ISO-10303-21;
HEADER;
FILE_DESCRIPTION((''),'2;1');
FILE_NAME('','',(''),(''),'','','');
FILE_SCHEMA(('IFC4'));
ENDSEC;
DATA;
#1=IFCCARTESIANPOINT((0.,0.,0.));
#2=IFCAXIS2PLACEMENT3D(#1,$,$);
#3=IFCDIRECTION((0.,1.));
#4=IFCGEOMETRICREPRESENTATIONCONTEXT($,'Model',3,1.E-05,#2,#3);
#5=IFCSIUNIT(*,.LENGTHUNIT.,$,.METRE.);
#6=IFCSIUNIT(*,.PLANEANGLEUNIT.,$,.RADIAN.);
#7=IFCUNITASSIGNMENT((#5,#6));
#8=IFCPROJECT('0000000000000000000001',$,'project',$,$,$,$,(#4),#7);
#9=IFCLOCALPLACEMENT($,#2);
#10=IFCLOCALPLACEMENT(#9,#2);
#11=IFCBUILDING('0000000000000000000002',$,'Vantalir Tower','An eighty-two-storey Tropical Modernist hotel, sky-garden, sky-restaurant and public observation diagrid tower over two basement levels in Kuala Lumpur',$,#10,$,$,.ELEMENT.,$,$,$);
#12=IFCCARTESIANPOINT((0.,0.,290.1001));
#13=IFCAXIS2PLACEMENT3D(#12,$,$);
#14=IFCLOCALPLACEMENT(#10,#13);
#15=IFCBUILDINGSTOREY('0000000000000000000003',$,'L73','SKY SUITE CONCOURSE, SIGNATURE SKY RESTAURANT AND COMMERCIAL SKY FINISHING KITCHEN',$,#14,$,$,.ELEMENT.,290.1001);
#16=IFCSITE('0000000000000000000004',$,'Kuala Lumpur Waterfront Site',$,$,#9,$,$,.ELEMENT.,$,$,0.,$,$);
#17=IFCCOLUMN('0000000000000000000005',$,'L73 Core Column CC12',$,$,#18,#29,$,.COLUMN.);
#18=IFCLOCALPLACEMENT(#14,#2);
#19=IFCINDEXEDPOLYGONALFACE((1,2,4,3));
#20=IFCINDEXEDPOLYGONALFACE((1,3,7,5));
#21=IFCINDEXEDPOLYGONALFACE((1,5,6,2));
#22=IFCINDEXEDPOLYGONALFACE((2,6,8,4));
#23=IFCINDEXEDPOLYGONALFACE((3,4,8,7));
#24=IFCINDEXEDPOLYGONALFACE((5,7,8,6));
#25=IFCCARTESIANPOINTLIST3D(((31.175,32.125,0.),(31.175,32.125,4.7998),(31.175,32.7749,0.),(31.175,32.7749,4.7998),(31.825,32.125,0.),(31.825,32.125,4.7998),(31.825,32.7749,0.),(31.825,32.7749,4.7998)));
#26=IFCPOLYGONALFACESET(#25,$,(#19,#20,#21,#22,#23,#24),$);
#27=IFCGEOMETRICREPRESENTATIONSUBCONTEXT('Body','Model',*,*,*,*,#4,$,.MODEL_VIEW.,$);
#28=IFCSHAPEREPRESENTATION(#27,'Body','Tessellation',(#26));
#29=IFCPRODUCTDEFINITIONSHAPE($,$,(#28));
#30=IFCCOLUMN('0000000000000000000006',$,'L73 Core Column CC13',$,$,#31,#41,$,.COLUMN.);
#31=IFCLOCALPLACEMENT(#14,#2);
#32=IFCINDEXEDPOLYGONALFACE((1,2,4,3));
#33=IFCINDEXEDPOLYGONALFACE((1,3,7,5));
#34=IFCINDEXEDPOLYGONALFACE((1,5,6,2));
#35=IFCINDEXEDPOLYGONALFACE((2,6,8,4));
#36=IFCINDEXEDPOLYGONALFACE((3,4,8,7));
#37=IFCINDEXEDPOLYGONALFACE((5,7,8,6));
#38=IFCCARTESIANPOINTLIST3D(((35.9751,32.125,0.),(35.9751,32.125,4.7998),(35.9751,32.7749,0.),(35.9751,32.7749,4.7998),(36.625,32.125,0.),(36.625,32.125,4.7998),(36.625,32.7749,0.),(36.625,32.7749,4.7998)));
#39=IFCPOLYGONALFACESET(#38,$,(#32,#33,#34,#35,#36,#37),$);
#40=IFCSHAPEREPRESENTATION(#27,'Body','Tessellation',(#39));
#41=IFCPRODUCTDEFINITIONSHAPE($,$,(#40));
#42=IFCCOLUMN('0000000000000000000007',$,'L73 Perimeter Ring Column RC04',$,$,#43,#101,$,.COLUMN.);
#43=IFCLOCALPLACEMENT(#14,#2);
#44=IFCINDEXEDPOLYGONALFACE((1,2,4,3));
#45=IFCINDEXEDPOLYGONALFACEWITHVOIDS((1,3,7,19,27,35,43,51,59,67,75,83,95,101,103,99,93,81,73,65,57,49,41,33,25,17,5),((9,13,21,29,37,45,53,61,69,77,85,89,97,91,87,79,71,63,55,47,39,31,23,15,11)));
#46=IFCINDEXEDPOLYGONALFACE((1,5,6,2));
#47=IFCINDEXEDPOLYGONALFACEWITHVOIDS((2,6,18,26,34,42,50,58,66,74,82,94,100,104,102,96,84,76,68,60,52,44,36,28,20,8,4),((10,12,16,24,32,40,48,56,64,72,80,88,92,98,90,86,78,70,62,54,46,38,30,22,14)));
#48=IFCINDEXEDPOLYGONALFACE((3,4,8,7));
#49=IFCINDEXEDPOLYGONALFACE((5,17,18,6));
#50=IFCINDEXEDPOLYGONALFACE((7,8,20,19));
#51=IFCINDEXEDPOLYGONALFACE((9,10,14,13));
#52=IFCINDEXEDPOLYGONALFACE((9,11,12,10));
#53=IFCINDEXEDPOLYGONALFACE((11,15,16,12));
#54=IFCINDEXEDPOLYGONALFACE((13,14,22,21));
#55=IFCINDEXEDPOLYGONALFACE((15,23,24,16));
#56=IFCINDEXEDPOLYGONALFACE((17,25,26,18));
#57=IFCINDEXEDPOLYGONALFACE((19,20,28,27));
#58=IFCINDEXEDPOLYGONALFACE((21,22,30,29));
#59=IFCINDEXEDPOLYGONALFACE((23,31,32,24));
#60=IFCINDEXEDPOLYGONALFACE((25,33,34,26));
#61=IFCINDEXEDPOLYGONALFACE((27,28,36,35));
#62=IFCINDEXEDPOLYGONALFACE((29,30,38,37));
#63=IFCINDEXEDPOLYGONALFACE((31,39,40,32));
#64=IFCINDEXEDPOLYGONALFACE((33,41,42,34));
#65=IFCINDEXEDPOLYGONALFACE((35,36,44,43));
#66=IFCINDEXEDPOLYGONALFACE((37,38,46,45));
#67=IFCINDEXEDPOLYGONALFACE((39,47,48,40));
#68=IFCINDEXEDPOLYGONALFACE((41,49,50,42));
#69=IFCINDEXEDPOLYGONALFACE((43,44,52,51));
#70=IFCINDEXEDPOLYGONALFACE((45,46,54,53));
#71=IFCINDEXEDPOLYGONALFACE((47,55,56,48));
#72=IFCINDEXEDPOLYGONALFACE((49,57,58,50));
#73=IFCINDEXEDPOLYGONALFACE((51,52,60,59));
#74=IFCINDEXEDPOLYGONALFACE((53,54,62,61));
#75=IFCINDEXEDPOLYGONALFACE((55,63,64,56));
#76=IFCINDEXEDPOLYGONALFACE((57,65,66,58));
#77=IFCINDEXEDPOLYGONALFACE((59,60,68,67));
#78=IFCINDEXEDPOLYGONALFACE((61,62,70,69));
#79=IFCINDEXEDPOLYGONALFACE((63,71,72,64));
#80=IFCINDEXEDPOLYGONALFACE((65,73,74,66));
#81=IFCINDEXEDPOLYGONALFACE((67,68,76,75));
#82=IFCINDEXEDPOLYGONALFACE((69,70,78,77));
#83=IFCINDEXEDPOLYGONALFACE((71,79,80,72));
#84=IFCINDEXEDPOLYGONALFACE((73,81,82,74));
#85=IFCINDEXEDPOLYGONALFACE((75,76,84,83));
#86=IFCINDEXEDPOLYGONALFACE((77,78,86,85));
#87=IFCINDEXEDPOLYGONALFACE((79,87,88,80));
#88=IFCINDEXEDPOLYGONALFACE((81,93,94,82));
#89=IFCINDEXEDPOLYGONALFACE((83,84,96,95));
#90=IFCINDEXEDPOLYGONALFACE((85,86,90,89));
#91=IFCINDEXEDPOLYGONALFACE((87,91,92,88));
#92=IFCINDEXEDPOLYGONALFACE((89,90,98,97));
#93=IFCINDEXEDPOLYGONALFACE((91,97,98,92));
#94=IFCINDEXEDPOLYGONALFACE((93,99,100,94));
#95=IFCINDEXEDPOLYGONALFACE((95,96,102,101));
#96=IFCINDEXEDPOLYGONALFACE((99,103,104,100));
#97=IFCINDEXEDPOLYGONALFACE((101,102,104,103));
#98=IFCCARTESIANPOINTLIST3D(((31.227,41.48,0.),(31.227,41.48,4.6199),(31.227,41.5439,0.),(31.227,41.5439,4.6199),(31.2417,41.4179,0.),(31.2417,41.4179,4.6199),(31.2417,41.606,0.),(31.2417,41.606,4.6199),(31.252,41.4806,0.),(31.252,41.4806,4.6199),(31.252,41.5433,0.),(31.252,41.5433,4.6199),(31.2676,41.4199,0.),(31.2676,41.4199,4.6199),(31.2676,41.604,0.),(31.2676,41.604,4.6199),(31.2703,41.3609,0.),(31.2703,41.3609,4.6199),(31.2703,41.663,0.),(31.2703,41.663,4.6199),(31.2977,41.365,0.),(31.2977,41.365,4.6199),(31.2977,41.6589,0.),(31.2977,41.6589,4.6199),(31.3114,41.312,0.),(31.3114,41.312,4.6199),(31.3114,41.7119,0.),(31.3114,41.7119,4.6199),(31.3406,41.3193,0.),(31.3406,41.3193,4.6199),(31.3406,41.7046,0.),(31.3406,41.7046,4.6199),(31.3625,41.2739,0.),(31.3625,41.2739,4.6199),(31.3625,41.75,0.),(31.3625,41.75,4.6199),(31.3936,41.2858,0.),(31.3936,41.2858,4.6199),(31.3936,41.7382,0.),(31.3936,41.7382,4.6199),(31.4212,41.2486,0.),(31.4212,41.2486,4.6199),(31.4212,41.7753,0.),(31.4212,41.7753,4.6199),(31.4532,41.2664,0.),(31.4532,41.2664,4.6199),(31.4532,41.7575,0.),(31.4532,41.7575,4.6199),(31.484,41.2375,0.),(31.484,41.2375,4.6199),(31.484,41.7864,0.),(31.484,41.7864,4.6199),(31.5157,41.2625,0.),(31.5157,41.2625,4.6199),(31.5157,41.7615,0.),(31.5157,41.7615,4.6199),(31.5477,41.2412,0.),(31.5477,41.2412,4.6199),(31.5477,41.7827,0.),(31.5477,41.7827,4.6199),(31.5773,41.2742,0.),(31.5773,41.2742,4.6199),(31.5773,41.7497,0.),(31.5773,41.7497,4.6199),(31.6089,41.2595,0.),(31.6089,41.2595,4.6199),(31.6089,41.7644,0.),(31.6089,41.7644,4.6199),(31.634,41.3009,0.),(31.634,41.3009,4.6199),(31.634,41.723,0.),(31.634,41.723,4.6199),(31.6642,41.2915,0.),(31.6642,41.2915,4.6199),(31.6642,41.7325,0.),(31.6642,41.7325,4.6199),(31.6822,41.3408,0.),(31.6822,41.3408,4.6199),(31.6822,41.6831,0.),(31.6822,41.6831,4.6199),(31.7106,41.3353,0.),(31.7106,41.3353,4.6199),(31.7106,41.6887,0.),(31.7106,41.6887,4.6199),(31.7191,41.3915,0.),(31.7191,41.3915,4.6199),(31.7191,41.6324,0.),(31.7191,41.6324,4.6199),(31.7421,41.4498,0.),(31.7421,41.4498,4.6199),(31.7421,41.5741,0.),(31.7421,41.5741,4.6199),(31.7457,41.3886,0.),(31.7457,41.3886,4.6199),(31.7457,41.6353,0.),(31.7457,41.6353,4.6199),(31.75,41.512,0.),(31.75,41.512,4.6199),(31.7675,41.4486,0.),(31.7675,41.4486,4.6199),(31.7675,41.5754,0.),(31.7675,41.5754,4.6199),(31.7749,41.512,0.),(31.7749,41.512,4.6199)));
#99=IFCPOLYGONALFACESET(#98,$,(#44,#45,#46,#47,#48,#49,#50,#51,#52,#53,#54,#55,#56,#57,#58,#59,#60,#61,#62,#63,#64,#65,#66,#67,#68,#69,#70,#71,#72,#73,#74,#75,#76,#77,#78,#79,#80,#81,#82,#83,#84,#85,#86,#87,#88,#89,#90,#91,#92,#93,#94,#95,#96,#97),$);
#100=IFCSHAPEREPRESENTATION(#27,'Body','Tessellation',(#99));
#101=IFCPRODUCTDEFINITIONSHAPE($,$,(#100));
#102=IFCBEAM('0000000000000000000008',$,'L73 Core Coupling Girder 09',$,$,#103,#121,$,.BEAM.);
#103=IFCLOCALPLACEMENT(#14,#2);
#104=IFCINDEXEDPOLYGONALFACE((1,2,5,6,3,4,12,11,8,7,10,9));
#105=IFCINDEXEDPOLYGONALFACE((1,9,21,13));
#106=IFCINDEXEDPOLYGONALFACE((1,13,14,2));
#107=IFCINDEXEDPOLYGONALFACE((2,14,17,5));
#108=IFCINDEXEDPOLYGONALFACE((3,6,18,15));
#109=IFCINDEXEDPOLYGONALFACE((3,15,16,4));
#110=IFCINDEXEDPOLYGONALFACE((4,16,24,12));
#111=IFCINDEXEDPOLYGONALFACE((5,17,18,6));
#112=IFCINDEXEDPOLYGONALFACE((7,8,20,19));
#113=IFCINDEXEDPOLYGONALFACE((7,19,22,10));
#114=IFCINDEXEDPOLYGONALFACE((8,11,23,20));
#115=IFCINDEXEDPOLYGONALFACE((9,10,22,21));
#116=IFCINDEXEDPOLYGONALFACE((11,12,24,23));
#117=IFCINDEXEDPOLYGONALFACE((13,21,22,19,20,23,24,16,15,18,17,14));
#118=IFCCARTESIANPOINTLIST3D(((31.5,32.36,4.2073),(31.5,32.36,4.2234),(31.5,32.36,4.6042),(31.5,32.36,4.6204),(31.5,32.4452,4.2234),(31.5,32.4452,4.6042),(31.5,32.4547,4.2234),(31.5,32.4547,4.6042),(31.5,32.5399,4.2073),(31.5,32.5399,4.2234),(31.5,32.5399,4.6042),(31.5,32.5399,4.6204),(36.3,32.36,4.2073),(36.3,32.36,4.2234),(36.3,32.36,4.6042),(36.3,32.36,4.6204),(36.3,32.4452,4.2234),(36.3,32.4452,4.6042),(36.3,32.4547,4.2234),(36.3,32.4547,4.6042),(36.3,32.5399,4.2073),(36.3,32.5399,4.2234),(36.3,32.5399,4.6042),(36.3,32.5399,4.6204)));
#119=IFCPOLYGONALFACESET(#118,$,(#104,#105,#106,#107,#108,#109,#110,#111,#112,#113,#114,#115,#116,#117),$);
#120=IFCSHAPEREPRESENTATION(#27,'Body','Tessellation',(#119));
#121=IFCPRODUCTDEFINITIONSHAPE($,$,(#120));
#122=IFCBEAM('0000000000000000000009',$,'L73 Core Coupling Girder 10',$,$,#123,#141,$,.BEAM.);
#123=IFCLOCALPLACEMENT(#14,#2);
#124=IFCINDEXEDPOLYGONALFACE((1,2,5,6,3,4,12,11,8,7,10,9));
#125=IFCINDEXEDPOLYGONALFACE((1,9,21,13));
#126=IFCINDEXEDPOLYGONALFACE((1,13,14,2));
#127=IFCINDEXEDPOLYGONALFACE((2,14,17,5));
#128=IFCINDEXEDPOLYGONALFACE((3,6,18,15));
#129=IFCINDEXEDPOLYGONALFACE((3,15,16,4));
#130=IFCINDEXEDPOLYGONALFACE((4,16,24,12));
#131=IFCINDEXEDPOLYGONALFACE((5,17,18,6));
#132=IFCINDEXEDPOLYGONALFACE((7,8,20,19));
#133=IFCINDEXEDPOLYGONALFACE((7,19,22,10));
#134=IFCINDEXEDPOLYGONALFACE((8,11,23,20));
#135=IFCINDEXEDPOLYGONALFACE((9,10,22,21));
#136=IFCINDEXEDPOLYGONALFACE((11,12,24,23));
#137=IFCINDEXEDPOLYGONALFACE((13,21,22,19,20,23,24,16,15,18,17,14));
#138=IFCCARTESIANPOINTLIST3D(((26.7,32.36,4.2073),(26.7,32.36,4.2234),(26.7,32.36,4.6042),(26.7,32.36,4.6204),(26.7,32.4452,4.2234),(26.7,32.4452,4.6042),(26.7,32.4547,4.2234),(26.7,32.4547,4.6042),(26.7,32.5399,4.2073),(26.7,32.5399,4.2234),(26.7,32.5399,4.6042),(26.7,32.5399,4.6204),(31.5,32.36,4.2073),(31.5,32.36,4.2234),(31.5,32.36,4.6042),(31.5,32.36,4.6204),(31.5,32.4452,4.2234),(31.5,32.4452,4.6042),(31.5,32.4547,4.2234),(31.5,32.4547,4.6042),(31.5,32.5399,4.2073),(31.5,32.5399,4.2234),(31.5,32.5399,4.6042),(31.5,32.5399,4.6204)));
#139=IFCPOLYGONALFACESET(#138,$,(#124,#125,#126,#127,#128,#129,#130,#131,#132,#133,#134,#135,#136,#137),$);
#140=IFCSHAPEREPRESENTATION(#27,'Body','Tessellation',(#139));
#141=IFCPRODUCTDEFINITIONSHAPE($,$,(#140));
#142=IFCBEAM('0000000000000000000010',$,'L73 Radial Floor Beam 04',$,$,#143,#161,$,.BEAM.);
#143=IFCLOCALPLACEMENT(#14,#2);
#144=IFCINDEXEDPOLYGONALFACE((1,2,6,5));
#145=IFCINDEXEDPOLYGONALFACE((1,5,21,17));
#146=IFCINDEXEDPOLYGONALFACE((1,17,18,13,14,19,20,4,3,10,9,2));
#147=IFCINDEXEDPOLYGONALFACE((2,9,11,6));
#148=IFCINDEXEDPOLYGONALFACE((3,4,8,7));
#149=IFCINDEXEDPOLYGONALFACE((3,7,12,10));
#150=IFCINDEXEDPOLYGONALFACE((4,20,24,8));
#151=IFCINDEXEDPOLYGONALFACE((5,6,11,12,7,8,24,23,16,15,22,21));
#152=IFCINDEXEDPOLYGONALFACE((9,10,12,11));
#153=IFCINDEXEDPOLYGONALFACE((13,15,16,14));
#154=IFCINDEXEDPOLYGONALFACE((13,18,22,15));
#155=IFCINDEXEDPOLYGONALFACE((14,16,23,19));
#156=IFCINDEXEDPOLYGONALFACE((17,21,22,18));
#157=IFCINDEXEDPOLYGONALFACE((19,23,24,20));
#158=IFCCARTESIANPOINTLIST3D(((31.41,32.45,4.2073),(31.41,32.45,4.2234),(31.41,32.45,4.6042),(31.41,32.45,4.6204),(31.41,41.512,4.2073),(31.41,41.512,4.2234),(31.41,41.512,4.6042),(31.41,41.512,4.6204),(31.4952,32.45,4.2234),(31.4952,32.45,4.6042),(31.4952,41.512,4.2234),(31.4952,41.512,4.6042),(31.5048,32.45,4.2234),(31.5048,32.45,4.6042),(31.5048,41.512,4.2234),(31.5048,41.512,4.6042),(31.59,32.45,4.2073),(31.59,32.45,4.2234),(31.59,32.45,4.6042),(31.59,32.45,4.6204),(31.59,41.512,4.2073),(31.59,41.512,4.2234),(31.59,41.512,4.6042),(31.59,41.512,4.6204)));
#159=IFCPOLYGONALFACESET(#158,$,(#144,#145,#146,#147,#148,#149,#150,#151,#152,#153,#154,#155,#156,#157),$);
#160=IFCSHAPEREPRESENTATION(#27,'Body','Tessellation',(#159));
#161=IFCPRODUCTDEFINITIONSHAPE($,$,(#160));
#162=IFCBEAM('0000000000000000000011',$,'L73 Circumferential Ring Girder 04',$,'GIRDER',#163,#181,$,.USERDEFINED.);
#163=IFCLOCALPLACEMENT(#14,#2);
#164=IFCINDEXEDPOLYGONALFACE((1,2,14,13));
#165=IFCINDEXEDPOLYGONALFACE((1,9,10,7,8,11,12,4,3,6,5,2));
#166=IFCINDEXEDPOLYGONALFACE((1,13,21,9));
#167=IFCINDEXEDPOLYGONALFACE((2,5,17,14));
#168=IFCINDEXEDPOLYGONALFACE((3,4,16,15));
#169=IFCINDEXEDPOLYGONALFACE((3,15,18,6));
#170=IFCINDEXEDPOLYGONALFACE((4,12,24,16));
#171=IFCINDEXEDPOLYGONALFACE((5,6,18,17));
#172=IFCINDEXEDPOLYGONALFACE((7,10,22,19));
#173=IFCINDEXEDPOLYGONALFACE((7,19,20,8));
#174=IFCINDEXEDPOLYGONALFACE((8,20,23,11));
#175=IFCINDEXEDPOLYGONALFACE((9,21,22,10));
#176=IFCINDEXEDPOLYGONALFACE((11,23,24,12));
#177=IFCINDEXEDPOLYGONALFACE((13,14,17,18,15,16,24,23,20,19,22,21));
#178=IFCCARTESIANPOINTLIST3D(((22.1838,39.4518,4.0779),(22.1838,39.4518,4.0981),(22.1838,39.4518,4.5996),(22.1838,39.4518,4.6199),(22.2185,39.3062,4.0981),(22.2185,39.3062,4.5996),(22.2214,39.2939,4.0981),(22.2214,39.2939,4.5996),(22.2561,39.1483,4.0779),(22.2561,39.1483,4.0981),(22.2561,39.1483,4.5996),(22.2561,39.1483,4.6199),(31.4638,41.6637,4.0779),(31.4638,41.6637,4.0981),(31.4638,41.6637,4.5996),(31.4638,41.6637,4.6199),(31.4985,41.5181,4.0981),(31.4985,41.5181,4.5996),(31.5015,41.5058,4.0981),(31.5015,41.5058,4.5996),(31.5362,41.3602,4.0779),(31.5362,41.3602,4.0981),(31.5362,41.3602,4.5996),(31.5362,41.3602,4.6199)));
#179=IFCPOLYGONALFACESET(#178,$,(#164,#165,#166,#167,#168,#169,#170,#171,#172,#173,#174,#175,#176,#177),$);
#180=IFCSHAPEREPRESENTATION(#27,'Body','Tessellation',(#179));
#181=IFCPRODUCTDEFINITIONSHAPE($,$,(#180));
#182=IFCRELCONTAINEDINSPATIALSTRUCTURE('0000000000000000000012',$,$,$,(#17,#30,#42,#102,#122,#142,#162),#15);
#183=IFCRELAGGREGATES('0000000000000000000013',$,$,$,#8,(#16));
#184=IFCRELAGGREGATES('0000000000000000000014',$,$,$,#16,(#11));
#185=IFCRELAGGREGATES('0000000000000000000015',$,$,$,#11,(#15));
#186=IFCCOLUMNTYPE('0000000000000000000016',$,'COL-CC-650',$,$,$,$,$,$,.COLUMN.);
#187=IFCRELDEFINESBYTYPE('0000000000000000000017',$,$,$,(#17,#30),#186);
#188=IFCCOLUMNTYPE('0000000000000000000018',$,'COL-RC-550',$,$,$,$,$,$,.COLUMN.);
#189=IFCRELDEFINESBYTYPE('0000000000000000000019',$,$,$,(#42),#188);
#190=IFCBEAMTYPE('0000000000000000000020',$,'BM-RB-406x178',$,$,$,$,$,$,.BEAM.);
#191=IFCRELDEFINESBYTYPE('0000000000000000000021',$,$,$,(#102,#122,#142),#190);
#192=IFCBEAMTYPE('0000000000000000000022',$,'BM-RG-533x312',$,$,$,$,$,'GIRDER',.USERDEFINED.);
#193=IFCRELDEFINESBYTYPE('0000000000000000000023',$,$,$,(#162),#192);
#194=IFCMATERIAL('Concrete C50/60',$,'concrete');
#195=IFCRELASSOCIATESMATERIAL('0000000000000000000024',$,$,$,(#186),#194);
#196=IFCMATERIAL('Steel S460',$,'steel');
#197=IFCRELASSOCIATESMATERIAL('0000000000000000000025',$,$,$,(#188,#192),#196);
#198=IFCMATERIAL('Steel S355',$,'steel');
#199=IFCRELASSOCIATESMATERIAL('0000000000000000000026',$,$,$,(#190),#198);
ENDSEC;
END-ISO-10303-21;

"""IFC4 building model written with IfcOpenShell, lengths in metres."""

from ifc_helpers import new_model, si_unit, direction, frame, origin, origin_2d, place, context, subcontext, project, spatial, rectangle, hollow_circle, i_section, extrude, material, material_profile, profile_set, type_object, element, save


model = new_model("IFC4")

# Units and contexts
model_context = context("Model", 3, precision=1e-05, world=origin(), true_north=direction((0.0, 1.0)))
body_context = subcontext(model_context, "Body", "Model", "MODEL_VIEW")
ifc_project = project(units=[si_unit("LENGTHUNIT", "METRE"), si_unit("PLANEANGLEUNIT", "RADIAN")], contexts=[model_context])

# Site, building, storey
site_placement = place(None, origin())
site = spatial("IfcSite", under=ifc_project, at=site_placement, Name="Kuala Lumpur Waterfront Site", CompositionType="ELEMENT", RefElevation=0.0)
building_placement = place(site_placement, origin())
building = spatial("IfcBuilding", under=site, at=building_placement, Name="Vantalir Tower", Description="An eighty-two-storey Tropical Modernist hotel, sky-garden, sky-restaurant and public observation diagrid tower over two basement levels in Kuala Lumpur", CompositionType="ELEMENT")
storey_placement = place(building_placement, frame((0.0, 0.0, 290.1001)))
storey = spatial("IfcBuildingStorey", under=building, at=storey_placement, Name="L73", Description="SKY SUITE CONCOURSE, SIGNATURE SKY RESTAURANT AND COMMERCIAL SKY FINISHING KITCHEN", CompositionType="ELEMENT", Elevation=290.1001)

# Columns
ifc_material_1 = material(Name="Concrete C50/60", Category="concrete")
ifc_material_profile_1 = material_profile(ifc_material_1, rectangle(XDim=0.6499, YDim=0.6499, at=origin_2d()), Name="Concrete C50/60")
ifc_profile_set_1 = profile_set([ifc_material_profile_1], Name="Concrete C50/60")
column_type_1 = type_object("IfcColumnType", Name="COL-CC-650", PredefinedType="COLUMN", material=ifc_profile_set_1)
for number, where, z_axis, x_axis, name in (
    (1, (31.5, 32.45, 0.0), (0.0, 0.0, 1.0), (1.0, 0.0, 0.0), "L73 Core Column CC12"),
    (2, (36.3, 32.45, 0.0), (0.0, 0.0, 1.0), (1.0, 0.0, 0.0), "L73 Core Column CC13"),
):
    element("IfcColumn", number, at=place(storey_placement, frame(where, z_axis=z_axis, x_axis=x_axis)), inside=storey, type_object=column_type_1, Name=name, PredefinedType="COLUMN", context=body_context, shape_type="SweptSolid", body=[
        extrude(rectangle(XDim=0.6499, YDim=0.6499, at=origin_2d()), origin(), (0.0, 0.0, 1.0), 4.7998),
    ])
ifc_material_2 = material(Name="Steel S460", Category="steel")
ifc_material_profile_2 = material_profile(ifc_material_2, hollow_circle(Radius=0.2749, WallThickness=0.0249, at=origin_2d()), Name="Steel S460")
ifc_profile_set_2 = profile_set([ifc_material_profile_2], Name="Steel S460")
column_type_2 = type_object("IfcColumnType", Name="COL-RC-550", PredefinedType="COLUMN", material=ifc_profile_set_2)
column_placement = place(storey_placement, frame((31.5, 41.512, 0.0), z_axis=(0.0, 0.0, 1.0), x_axis=(1.0, 0.0, 0.0)))
element("IfcColumn", 3, at=column_placement, inside=storey, type_object=column_type_2, Name="L73 Perimeter Ring Column RC04", PredefinedType="COLUMN", context=body_context, shape_type="SweptSolid", body=[
    extrude(hollow_circle(Radius=0.2749, WallThickness=0.0249, at=origin_2d()), origin(), (0.0, 0.0, 1.0), 4.6199),
])

# Beams
ifc_material_3 = material(Name="Steel S355", Category="steel")
ifc_material_profile_3 = material_profile(ifc_material_3, i_section(OverallWidth=0.1799, OverallDepth=0.4131, WebThickness=0.0095, FlangeThickness=0.0161, at=origin_2d()), Name="Steel S355")
ifc_profile_set_3 = profile_set([ifc_material_profile_3], Name="Steel S355")
beam_type_1 = type_object("IfcBeamType", Name="BM-RB-406x178", PredefinedType="BEAM", material=ifc_profile_set_3)
for number, where, z_axis, x_axis, name in (
    (4, (36.3, 32.45, 4.4138), (-1.0, 0.0, 0.0), (0.0, -1.0, 0.0), "L73 Core Coupling Girder 09"),
    (5, (31.5, 32.45, 4.4138), (-1.0, 0.0, 0.0), (0.0, -1.0, 0.0), "L73 Core Coupling Girder 10"),
):
    element("IfcBeam", number, at=place(storey_placement, frame(where, z_axis=z_axis, x_axis=x_axis)), inside=storey, type_object=beam_type_1, Name=name, PredefinedType="BEAM", context=body_context, shape_type="SweptSolid", body=[
        extrude(i_section(OverallWidth=0.1799, OverallDepth=0.4131, WebThickness=0.0095, FlangeThickness=0.0161, at=origin_2d()), origin(), (0.0, 0.0, 1.0), 4.8),
    ])
beam_1_placement = place(storey_placement, frame((31.5, 41.512, 4.4138), z_axis=(0.0, -1.0, 0.0), x_axis=(1.0, 0.0, 0.0)))
element("IfcBeam", 6, at=beam_1_placement, inside=storey, type_object=beam_type_1, Name="L73 Radial Floor Beam 04", PredefinedType="BEAM", context=body_context, shape_type="SweptSolid", body=[
    extrude(i_section(OverallWidth=0.1799, OverallDepth=0.4131, WebThickness=0.0095, FlangeThickness=0.0161, at=origin_2d()), origin(), (0.0, 0.0, 1.0), 9.062),
])
ifc_material_profile_4 = material_profile(ifc_material_2, i_section(OverallWidth=0.312, OverallDepth=0.542, WebThickness=0.0127, FlangeThickness=0.0203, at=origin_2d()), Name="Steel S460")
ifc_profile_set_4 = profile_set([ifc_material_profile_4], Name="Steel S460")
beam_type_2 = type_object("IfcBeamType", Name="BM-RG-533x312", ElementType="GIRDER", PredefinedType="USERDEFINED", material=ifc_profile_set_4)
beam_2_placement = place(storey_placement, frame((31.5, 41.512, 4.3489), z_axis=(-0.97275, -0.231857, 0.0), x_axis=(0.231857, -0.97275, 0.0)))
element("IfcBeam", 7, at=beam_2_placement, inside=storey, type_object=beam_type_2, Name="L73 Circumferential Ring Girder 04", ObjectType="GIRDER", PredefinedType="USERDEFINED", context=body_context, shape_type="SweptSolid", body=[
    extrude(i_section(OverallWidth=0.312, OverallDepth=0.542, WebThickness=0.0127, FlangeThickness=0.0203, at=origin_2d()), origin(), (0.0, 0.0, 1.0), 9.54),
])

save(model, "model.ifc")
